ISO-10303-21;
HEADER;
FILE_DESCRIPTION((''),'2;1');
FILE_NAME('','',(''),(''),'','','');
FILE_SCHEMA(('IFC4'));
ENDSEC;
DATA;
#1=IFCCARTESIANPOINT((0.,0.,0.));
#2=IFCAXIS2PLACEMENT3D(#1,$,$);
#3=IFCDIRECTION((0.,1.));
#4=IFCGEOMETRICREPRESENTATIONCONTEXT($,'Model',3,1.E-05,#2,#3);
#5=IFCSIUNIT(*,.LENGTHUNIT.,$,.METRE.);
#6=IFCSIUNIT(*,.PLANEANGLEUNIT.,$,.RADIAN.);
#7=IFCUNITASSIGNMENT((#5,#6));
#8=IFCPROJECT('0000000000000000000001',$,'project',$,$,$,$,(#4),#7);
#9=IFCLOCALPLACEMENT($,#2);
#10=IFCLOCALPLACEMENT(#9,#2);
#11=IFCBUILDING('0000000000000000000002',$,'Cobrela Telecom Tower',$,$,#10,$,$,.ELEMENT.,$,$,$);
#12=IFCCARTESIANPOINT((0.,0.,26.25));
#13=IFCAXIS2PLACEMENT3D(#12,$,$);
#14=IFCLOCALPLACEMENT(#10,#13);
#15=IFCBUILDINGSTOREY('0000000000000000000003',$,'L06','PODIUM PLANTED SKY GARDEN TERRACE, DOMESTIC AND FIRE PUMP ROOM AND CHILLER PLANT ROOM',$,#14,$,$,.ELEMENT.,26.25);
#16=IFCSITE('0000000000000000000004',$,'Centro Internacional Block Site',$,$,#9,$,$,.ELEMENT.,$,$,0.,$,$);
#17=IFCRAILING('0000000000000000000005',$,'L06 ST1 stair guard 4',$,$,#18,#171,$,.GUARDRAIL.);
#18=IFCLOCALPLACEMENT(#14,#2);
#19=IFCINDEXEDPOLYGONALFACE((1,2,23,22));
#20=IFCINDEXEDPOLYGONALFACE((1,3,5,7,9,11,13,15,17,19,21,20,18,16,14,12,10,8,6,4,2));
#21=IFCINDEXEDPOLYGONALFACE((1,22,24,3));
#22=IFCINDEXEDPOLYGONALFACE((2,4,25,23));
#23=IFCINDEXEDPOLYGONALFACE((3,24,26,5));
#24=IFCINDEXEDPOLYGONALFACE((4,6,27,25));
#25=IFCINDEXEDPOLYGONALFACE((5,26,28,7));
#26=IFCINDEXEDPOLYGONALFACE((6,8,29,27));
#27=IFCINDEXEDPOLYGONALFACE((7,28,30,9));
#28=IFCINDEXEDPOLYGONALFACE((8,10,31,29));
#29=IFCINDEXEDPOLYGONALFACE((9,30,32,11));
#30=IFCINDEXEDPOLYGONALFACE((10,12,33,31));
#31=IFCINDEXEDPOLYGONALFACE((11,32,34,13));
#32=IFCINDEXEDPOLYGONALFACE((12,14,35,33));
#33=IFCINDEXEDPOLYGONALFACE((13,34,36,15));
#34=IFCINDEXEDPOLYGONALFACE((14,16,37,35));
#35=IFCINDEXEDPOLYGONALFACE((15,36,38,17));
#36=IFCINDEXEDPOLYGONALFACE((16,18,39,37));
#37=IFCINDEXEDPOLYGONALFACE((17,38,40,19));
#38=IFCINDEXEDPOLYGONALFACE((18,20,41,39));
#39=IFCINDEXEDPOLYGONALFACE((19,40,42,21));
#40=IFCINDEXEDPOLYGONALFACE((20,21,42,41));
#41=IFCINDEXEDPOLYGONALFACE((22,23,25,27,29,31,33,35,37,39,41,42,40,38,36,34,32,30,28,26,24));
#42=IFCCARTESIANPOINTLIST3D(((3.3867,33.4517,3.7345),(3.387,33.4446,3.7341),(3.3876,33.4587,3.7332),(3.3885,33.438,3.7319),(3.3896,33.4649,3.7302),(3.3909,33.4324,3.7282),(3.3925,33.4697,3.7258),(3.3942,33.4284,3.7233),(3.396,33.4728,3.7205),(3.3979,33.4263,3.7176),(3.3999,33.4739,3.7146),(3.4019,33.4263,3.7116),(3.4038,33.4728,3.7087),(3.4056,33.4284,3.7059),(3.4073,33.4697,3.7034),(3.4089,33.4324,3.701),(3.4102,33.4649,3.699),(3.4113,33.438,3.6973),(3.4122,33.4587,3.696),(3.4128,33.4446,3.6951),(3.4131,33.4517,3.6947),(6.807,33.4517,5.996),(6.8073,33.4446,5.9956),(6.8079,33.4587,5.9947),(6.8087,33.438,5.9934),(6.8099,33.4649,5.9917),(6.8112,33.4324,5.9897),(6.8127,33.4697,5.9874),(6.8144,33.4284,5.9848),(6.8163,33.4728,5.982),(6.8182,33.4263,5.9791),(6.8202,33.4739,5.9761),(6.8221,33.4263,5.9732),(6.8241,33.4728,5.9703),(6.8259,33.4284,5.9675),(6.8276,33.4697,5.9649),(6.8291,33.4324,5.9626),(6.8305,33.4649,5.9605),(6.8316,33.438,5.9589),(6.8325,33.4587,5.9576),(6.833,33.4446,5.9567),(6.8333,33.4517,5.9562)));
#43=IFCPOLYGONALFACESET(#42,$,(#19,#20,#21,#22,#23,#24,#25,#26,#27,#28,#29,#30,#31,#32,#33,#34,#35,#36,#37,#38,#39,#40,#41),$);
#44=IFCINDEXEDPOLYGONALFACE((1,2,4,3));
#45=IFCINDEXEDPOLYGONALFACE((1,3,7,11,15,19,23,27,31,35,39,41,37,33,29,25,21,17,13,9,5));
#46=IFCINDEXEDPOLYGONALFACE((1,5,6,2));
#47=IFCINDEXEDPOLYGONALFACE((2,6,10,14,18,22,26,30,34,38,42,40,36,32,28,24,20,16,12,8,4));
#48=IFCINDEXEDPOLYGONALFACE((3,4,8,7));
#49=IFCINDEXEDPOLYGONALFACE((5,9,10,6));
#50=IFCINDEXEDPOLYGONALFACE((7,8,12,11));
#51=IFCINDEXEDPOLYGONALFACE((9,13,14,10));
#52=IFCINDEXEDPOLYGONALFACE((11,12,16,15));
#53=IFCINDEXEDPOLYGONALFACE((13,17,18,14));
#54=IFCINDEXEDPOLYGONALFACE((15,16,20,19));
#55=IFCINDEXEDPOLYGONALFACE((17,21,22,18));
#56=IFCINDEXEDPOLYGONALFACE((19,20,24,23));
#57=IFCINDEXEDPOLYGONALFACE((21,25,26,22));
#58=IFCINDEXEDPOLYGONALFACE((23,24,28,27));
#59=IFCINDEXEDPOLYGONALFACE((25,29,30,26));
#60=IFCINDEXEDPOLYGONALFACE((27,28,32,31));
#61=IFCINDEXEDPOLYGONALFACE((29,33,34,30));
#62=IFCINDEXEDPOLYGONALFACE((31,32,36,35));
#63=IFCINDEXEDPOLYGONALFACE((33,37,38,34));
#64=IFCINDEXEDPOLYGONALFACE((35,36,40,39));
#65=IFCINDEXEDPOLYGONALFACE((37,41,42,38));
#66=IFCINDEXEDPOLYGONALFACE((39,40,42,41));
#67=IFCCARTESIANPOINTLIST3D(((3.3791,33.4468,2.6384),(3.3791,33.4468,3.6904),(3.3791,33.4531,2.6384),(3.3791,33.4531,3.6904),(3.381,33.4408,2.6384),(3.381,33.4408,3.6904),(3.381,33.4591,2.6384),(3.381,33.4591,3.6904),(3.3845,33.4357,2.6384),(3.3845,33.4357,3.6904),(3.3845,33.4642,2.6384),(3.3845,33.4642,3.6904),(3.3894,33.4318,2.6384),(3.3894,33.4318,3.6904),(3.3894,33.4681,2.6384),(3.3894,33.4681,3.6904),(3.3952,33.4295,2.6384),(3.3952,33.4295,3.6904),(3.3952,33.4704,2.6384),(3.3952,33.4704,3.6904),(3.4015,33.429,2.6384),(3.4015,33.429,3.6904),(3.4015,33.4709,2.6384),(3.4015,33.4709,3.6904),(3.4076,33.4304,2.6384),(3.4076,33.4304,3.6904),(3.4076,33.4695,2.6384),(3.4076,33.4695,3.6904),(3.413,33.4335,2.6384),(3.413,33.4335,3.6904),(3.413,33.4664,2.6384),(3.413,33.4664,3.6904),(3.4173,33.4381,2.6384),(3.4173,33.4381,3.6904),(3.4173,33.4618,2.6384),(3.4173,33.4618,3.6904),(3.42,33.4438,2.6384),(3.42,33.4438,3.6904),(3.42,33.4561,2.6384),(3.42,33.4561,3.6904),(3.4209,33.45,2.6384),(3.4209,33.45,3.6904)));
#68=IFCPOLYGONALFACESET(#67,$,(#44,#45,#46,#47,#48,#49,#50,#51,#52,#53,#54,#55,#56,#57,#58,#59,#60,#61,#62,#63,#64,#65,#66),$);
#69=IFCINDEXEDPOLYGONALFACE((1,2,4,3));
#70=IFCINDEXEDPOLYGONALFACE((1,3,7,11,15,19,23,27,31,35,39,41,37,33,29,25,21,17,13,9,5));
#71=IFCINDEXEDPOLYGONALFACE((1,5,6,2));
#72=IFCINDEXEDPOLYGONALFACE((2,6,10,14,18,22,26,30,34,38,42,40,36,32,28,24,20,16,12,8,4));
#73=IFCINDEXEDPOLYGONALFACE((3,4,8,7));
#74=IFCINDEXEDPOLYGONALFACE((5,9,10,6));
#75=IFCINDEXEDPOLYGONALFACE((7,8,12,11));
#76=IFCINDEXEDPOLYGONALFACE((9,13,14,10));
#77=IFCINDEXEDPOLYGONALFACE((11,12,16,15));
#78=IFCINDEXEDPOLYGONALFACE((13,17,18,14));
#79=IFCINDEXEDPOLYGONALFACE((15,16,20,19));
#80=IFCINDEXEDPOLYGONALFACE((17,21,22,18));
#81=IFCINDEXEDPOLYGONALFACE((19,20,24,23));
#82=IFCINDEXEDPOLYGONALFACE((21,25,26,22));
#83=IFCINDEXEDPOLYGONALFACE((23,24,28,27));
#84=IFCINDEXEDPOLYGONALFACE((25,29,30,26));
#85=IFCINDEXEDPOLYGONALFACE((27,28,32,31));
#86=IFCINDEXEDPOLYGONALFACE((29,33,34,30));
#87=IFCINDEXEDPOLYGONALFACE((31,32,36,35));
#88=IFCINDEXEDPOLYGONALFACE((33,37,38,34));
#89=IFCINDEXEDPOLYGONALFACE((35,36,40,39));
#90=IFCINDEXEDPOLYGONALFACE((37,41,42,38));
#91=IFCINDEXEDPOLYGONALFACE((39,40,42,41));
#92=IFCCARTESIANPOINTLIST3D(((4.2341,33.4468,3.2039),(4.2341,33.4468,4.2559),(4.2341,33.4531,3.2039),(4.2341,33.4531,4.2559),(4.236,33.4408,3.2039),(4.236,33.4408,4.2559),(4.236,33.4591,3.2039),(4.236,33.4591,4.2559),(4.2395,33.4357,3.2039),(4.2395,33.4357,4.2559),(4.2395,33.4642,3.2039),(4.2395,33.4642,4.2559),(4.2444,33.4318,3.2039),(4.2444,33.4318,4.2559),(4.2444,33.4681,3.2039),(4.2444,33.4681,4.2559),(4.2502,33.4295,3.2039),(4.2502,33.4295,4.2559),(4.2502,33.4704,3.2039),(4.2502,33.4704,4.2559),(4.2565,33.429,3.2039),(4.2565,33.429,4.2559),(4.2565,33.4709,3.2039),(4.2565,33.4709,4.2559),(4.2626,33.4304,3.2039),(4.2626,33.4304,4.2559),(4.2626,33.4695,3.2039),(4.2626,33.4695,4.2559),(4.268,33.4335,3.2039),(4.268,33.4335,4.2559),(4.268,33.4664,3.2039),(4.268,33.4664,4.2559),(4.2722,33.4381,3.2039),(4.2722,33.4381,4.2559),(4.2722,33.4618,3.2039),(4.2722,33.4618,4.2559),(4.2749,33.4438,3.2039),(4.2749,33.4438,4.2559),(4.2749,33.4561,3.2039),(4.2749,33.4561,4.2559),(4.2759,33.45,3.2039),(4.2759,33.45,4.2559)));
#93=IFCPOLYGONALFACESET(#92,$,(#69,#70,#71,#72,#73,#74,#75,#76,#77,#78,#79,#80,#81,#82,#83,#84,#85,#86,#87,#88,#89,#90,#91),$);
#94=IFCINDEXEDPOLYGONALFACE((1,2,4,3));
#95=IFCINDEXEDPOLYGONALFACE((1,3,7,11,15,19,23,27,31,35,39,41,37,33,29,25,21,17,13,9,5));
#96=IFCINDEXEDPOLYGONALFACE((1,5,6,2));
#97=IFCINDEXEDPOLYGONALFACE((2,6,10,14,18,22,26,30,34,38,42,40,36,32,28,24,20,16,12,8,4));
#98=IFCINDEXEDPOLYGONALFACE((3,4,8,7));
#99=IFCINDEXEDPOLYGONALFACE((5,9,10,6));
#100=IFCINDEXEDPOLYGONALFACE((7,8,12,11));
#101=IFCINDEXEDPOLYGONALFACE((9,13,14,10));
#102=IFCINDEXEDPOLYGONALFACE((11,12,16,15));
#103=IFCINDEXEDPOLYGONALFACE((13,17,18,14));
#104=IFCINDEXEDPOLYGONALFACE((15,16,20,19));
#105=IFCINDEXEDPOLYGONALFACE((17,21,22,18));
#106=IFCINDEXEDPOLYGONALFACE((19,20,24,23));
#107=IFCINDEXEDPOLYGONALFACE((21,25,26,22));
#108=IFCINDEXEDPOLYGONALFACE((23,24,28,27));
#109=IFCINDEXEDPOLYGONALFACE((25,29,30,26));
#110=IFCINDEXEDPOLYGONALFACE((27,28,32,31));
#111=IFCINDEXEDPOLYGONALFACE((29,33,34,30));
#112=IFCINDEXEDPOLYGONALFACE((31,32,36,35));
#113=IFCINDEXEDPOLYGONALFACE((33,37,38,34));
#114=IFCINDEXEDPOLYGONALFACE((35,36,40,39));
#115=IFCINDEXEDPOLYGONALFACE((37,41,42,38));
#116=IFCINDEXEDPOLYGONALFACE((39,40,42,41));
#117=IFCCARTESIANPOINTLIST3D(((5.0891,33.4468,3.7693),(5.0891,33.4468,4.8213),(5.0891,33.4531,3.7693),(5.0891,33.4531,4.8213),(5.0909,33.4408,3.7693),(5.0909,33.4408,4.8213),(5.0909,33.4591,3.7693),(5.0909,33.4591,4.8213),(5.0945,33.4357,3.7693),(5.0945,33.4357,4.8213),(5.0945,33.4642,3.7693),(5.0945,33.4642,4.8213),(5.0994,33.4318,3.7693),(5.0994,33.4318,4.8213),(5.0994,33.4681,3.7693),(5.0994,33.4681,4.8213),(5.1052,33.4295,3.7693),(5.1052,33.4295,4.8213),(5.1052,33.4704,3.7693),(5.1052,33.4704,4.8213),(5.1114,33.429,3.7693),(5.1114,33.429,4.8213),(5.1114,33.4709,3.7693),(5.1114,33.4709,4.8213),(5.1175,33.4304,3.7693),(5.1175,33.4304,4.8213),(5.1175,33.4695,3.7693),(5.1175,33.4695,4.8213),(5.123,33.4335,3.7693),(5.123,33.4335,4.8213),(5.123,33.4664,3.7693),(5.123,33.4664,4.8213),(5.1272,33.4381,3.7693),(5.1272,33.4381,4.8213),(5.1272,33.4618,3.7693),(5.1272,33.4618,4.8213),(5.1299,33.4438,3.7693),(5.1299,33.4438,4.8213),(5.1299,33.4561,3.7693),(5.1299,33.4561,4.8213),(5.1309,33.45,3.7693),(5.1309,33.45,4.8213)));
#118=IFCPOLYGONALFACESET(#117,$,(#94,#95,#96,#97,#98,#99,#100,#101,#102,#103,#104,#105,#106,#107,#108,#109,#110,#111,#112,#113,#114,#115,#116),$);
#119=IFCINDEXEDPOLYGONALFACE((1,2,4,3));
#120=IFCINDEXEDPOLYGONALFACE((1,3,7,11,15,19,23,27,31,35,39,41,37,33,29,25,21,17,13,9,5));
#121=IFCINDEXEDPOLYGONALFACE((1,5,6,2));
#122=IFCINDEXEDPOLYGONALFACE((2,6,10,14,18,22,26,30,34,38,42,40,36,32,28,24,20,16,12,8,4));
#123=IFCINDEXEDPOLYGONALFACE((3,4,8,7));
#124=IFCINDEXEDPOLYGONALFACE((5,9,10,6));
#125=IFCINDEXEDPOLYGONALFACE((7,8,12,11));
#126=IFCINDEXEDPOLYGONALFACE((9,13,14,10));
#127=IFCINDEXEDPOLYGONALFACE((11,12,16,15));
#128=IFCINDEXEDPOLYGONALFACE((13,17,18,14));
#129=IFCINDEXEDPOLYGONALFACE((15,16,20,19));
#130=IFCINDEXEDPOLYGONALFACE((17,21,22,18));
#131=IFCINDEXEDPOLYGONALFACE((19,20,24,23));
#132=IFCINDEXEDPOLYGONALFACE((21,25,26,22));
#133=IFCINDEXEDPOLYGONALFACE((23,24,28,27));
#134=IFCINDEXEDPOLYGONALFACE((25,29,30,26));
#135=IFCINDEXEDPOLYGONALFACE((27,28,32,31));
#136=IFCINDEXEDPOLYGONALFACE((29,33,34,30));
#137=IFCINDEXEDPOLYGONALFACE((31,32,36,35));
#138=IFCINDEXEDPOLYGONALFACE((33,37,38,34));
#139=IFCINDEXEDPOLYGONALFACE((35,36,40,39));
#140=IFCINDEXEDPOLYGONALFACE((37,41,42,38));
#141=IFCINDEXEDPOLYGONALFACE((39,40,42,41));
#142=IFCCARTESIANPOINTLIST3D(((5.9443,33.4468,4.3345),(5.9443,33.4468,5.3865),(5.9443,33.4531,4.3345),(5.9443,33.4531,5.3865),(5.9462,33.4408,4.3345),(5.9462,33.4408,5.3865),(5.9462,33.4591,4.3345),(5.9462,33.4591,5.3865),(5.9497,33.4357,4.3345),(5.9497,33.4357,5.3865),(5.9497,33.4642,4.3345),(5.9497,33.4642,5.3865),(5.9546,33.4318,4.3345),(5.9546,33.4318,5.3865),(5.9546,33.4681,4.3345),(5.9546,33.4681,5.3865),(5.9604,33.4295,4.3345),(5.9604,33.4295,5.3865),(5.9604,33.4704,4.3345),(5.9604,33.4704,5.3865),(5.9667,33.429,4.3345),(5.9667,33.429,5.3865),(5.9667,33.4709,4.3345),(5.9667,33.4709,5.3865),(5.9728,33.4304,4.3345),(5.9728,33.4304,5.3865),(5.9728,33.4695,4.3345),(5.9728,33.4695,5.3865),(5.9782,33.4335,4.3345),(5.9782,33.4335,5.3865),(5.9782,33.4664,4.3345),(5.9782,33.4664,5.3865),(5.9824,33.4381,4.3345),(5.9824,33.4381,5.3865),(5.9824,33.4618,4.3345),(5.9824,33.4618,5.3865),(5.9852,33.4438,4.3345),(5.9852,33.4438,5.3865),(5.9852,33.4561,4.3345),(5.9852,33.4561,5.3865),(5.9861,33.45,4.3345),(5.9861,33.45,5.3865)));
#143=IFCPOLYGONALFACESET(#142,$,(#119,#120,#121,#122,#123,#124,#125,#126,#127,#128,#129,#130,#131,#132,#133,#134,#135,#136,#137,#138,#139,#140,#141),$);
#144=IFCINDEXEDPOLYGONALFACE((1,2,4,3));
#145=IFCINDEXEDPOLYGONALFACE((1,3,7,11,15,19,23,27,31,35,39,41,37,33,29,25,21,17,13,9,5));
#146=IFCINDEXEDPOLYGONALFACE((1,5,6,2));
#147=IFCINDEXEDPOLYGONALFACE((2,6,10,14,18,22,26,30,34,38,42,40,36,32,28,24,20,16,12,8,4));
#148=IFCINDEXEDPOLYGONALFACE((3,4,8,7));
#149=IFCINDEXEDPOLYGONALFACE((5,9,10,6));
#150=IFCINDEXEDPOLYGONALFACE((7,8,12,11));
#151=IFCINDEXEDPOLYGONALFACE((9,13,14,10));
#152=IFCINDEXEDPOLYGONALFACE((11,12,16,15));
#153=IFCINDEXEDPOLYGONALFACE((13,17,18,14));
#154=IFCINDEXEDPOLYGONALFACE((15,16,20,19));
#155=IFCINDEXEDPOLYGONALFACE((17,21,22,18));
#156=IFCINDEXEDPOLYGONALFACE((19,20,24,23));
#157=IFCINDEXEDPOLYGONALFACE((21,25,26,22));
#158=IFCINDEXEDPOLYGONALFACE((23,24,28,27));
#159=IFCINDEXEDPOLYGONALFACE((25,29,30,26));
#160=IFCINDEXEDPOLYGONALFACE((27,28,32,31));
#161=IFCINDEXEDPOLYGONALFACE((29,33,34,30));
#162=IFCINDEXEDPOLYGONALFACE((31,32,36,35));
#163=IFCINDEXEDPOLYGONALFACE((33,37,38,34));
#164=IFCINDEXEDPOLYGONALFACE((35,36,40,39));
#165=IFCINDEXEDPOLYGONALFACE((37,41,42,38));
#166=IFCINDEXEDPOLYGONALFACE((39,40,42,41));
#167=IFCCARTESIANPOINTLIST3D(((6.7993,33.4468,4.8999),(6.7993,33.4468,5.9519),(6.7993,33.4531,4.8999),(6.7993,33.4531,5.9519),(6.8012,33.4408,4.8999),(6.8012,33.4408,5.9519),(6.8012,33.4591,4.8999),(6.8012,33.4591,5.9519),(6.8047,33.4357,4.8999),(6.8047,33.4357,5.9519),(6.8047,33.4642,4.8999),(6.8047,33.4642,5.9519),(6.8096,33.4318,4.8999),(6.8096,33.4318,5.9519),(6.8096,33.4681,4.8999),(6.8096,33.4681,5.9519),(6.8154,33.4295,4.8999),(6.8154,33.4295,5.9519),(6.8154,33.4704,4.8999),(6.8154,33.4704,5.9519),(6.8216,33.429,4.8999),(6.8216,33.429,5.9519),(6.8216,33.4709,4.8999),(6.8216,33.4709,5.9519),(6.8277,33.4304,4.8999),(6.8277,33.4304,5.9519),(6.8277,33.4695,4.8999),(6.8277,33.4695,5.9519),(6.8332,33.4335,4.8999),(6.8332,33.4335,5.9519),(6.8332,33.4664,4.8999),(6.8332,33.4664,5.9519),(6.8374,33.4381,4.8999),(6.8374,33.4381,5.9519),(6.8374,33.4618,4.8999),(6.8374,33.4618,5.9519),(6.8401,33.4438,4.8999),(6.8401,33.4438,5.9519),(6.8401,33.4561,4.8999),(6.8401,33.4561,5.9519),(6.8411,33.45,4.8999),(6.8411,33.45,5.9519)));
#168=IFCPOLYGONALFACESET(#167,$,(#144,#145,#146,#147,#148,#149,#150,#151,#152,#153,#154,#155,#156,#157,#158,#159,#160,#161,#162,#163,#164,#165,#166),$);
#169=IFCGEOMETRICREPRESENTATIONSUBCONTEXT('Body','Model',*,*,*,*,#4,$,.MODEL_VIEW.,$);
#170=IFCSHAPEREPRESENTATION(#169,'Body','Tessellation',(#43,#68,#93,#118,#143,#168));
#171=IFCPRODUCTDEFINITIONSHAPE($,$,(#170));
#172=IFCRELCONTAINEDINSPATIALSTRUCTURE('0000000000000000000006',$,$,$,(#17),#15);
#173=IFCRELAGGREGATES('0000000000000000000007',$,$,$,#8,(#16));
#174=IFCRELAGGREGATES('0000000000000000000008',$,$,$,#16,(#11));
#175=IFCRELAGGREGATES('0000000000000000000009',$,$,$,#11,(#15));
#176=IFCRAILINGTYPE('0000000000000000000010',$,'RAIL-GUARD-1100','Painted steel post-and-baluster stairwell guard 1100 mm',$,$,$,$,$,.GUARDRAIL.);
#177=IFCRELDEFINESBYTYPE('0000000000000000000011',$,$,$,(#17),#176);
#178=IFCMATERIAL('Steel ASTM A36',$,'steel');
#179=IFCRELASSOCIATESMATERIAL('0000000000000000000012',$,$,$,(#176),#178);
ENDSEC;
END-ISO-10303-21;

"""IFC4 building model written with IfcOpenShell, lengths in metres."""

from ifc_helpers import new_model, si_unit, direction, frame, origin, origin_2d, place, context, subcontext, project, spatial, circle, extrude, material, type_object, element, save


model = new_model("IFC4")

# Units and contexts
model_context = context("Model", 3, precision=1e-05, world=origin(), true_north=direction((0.0, 1.0)))
body_context = subcontext(model_context, "Body", "Model", "MODEL_VIEW")
ifc_project = project(units=[si_unit("LENGTHUNIT", "METRE"), si_unit("PLANEANGLEUNIT", "RADIAN")], contexts=[model_context])

# Site, building, storey
site_placement = place(None, origin())
site = spatial("IfcSite", under=ifc_project, at=site_placement, Name="Centro Internacional Block Site", CompositionType="ELEMENT", RefElevation=0.0)
building_placement = place(site_placement, origin())
building = spatial("IfcBuilding", under=site, at=building_placement, Name="Cobrela Telecom Tower", CompositionType="ELEMENT")
storey_placement = place(building_placement, frame((0.0, 0.0, 26.25)))
storey = spatial("IfcBuildingStorey", under=building, at=storey_placement, Name="L06", Description="PODIUM PLANTED SKY GARDEN TERRACE, DOMESTIC AND FIRE PUMP ROOM AND CHILLER PLANT ROOM", CompositionType="ELEMENT", Elevation=26.25)

# Railing
ifc_material_1 = material(Name="Steel ASTM A36", Category="steel")
railing_type_1 = type_object("IfcRailingType", Name="RAIL-GUARD-1100", Description="Painted steel post-and-baluster stairwell guard 1100 mm", PredefinedType="GUARDRAIL", material=ifc_material_1)
railing_1_placement = place(storey_placement, frame((3.3999, 33.45, 2.6384)))
element("IfcRailing", 1, at=railing_1_placement, inside=storey, type_object=railing_type_1, Name="L06 ST1 stair guard 4", PredefinedType="GUARDRAIL", context=body_context, shape_type="SweptSolid", body=[
    extrude(circle(Radius=0.0239, at=origin_2d()), frame((0.0, 0.0, 1.0762), z_axis=(0.834142, 0.0, 0.55155), x_axis=(0.0, 1.0, 0.0)), (0.0, 0.0, 1.0), 4.1003),
    extrude(circle(Radius=0.021, at=origin_2d()), origin(), (0.0, 0.0, 1.0), 1.052),
    extrude(circle(Radius=0.021, at=origin_2d()), frame((0.855, 0.0, 0.5654)), (0.0, 0.0, 1.0), 1.052),
    extrude(circle(Radius=0.021, at=origin_2d()), frame((1.71, 0.0, 1.1309)), (0.0, 0.0, 1.0), 1.052),
    extrude(circle(Radius=0.021, at=origin_2d()), frame((2.5652, 0.0, 1.696)), (0.0, 0.0, 1.0), 1.052),
    extrude(circle(Radius=0.021, at=origin_2d()), frame((3.4202, 0.0, 2.2615)), (0.0, 0.0, 1.0), 1.052),
])

save(model, "model.ifc")
